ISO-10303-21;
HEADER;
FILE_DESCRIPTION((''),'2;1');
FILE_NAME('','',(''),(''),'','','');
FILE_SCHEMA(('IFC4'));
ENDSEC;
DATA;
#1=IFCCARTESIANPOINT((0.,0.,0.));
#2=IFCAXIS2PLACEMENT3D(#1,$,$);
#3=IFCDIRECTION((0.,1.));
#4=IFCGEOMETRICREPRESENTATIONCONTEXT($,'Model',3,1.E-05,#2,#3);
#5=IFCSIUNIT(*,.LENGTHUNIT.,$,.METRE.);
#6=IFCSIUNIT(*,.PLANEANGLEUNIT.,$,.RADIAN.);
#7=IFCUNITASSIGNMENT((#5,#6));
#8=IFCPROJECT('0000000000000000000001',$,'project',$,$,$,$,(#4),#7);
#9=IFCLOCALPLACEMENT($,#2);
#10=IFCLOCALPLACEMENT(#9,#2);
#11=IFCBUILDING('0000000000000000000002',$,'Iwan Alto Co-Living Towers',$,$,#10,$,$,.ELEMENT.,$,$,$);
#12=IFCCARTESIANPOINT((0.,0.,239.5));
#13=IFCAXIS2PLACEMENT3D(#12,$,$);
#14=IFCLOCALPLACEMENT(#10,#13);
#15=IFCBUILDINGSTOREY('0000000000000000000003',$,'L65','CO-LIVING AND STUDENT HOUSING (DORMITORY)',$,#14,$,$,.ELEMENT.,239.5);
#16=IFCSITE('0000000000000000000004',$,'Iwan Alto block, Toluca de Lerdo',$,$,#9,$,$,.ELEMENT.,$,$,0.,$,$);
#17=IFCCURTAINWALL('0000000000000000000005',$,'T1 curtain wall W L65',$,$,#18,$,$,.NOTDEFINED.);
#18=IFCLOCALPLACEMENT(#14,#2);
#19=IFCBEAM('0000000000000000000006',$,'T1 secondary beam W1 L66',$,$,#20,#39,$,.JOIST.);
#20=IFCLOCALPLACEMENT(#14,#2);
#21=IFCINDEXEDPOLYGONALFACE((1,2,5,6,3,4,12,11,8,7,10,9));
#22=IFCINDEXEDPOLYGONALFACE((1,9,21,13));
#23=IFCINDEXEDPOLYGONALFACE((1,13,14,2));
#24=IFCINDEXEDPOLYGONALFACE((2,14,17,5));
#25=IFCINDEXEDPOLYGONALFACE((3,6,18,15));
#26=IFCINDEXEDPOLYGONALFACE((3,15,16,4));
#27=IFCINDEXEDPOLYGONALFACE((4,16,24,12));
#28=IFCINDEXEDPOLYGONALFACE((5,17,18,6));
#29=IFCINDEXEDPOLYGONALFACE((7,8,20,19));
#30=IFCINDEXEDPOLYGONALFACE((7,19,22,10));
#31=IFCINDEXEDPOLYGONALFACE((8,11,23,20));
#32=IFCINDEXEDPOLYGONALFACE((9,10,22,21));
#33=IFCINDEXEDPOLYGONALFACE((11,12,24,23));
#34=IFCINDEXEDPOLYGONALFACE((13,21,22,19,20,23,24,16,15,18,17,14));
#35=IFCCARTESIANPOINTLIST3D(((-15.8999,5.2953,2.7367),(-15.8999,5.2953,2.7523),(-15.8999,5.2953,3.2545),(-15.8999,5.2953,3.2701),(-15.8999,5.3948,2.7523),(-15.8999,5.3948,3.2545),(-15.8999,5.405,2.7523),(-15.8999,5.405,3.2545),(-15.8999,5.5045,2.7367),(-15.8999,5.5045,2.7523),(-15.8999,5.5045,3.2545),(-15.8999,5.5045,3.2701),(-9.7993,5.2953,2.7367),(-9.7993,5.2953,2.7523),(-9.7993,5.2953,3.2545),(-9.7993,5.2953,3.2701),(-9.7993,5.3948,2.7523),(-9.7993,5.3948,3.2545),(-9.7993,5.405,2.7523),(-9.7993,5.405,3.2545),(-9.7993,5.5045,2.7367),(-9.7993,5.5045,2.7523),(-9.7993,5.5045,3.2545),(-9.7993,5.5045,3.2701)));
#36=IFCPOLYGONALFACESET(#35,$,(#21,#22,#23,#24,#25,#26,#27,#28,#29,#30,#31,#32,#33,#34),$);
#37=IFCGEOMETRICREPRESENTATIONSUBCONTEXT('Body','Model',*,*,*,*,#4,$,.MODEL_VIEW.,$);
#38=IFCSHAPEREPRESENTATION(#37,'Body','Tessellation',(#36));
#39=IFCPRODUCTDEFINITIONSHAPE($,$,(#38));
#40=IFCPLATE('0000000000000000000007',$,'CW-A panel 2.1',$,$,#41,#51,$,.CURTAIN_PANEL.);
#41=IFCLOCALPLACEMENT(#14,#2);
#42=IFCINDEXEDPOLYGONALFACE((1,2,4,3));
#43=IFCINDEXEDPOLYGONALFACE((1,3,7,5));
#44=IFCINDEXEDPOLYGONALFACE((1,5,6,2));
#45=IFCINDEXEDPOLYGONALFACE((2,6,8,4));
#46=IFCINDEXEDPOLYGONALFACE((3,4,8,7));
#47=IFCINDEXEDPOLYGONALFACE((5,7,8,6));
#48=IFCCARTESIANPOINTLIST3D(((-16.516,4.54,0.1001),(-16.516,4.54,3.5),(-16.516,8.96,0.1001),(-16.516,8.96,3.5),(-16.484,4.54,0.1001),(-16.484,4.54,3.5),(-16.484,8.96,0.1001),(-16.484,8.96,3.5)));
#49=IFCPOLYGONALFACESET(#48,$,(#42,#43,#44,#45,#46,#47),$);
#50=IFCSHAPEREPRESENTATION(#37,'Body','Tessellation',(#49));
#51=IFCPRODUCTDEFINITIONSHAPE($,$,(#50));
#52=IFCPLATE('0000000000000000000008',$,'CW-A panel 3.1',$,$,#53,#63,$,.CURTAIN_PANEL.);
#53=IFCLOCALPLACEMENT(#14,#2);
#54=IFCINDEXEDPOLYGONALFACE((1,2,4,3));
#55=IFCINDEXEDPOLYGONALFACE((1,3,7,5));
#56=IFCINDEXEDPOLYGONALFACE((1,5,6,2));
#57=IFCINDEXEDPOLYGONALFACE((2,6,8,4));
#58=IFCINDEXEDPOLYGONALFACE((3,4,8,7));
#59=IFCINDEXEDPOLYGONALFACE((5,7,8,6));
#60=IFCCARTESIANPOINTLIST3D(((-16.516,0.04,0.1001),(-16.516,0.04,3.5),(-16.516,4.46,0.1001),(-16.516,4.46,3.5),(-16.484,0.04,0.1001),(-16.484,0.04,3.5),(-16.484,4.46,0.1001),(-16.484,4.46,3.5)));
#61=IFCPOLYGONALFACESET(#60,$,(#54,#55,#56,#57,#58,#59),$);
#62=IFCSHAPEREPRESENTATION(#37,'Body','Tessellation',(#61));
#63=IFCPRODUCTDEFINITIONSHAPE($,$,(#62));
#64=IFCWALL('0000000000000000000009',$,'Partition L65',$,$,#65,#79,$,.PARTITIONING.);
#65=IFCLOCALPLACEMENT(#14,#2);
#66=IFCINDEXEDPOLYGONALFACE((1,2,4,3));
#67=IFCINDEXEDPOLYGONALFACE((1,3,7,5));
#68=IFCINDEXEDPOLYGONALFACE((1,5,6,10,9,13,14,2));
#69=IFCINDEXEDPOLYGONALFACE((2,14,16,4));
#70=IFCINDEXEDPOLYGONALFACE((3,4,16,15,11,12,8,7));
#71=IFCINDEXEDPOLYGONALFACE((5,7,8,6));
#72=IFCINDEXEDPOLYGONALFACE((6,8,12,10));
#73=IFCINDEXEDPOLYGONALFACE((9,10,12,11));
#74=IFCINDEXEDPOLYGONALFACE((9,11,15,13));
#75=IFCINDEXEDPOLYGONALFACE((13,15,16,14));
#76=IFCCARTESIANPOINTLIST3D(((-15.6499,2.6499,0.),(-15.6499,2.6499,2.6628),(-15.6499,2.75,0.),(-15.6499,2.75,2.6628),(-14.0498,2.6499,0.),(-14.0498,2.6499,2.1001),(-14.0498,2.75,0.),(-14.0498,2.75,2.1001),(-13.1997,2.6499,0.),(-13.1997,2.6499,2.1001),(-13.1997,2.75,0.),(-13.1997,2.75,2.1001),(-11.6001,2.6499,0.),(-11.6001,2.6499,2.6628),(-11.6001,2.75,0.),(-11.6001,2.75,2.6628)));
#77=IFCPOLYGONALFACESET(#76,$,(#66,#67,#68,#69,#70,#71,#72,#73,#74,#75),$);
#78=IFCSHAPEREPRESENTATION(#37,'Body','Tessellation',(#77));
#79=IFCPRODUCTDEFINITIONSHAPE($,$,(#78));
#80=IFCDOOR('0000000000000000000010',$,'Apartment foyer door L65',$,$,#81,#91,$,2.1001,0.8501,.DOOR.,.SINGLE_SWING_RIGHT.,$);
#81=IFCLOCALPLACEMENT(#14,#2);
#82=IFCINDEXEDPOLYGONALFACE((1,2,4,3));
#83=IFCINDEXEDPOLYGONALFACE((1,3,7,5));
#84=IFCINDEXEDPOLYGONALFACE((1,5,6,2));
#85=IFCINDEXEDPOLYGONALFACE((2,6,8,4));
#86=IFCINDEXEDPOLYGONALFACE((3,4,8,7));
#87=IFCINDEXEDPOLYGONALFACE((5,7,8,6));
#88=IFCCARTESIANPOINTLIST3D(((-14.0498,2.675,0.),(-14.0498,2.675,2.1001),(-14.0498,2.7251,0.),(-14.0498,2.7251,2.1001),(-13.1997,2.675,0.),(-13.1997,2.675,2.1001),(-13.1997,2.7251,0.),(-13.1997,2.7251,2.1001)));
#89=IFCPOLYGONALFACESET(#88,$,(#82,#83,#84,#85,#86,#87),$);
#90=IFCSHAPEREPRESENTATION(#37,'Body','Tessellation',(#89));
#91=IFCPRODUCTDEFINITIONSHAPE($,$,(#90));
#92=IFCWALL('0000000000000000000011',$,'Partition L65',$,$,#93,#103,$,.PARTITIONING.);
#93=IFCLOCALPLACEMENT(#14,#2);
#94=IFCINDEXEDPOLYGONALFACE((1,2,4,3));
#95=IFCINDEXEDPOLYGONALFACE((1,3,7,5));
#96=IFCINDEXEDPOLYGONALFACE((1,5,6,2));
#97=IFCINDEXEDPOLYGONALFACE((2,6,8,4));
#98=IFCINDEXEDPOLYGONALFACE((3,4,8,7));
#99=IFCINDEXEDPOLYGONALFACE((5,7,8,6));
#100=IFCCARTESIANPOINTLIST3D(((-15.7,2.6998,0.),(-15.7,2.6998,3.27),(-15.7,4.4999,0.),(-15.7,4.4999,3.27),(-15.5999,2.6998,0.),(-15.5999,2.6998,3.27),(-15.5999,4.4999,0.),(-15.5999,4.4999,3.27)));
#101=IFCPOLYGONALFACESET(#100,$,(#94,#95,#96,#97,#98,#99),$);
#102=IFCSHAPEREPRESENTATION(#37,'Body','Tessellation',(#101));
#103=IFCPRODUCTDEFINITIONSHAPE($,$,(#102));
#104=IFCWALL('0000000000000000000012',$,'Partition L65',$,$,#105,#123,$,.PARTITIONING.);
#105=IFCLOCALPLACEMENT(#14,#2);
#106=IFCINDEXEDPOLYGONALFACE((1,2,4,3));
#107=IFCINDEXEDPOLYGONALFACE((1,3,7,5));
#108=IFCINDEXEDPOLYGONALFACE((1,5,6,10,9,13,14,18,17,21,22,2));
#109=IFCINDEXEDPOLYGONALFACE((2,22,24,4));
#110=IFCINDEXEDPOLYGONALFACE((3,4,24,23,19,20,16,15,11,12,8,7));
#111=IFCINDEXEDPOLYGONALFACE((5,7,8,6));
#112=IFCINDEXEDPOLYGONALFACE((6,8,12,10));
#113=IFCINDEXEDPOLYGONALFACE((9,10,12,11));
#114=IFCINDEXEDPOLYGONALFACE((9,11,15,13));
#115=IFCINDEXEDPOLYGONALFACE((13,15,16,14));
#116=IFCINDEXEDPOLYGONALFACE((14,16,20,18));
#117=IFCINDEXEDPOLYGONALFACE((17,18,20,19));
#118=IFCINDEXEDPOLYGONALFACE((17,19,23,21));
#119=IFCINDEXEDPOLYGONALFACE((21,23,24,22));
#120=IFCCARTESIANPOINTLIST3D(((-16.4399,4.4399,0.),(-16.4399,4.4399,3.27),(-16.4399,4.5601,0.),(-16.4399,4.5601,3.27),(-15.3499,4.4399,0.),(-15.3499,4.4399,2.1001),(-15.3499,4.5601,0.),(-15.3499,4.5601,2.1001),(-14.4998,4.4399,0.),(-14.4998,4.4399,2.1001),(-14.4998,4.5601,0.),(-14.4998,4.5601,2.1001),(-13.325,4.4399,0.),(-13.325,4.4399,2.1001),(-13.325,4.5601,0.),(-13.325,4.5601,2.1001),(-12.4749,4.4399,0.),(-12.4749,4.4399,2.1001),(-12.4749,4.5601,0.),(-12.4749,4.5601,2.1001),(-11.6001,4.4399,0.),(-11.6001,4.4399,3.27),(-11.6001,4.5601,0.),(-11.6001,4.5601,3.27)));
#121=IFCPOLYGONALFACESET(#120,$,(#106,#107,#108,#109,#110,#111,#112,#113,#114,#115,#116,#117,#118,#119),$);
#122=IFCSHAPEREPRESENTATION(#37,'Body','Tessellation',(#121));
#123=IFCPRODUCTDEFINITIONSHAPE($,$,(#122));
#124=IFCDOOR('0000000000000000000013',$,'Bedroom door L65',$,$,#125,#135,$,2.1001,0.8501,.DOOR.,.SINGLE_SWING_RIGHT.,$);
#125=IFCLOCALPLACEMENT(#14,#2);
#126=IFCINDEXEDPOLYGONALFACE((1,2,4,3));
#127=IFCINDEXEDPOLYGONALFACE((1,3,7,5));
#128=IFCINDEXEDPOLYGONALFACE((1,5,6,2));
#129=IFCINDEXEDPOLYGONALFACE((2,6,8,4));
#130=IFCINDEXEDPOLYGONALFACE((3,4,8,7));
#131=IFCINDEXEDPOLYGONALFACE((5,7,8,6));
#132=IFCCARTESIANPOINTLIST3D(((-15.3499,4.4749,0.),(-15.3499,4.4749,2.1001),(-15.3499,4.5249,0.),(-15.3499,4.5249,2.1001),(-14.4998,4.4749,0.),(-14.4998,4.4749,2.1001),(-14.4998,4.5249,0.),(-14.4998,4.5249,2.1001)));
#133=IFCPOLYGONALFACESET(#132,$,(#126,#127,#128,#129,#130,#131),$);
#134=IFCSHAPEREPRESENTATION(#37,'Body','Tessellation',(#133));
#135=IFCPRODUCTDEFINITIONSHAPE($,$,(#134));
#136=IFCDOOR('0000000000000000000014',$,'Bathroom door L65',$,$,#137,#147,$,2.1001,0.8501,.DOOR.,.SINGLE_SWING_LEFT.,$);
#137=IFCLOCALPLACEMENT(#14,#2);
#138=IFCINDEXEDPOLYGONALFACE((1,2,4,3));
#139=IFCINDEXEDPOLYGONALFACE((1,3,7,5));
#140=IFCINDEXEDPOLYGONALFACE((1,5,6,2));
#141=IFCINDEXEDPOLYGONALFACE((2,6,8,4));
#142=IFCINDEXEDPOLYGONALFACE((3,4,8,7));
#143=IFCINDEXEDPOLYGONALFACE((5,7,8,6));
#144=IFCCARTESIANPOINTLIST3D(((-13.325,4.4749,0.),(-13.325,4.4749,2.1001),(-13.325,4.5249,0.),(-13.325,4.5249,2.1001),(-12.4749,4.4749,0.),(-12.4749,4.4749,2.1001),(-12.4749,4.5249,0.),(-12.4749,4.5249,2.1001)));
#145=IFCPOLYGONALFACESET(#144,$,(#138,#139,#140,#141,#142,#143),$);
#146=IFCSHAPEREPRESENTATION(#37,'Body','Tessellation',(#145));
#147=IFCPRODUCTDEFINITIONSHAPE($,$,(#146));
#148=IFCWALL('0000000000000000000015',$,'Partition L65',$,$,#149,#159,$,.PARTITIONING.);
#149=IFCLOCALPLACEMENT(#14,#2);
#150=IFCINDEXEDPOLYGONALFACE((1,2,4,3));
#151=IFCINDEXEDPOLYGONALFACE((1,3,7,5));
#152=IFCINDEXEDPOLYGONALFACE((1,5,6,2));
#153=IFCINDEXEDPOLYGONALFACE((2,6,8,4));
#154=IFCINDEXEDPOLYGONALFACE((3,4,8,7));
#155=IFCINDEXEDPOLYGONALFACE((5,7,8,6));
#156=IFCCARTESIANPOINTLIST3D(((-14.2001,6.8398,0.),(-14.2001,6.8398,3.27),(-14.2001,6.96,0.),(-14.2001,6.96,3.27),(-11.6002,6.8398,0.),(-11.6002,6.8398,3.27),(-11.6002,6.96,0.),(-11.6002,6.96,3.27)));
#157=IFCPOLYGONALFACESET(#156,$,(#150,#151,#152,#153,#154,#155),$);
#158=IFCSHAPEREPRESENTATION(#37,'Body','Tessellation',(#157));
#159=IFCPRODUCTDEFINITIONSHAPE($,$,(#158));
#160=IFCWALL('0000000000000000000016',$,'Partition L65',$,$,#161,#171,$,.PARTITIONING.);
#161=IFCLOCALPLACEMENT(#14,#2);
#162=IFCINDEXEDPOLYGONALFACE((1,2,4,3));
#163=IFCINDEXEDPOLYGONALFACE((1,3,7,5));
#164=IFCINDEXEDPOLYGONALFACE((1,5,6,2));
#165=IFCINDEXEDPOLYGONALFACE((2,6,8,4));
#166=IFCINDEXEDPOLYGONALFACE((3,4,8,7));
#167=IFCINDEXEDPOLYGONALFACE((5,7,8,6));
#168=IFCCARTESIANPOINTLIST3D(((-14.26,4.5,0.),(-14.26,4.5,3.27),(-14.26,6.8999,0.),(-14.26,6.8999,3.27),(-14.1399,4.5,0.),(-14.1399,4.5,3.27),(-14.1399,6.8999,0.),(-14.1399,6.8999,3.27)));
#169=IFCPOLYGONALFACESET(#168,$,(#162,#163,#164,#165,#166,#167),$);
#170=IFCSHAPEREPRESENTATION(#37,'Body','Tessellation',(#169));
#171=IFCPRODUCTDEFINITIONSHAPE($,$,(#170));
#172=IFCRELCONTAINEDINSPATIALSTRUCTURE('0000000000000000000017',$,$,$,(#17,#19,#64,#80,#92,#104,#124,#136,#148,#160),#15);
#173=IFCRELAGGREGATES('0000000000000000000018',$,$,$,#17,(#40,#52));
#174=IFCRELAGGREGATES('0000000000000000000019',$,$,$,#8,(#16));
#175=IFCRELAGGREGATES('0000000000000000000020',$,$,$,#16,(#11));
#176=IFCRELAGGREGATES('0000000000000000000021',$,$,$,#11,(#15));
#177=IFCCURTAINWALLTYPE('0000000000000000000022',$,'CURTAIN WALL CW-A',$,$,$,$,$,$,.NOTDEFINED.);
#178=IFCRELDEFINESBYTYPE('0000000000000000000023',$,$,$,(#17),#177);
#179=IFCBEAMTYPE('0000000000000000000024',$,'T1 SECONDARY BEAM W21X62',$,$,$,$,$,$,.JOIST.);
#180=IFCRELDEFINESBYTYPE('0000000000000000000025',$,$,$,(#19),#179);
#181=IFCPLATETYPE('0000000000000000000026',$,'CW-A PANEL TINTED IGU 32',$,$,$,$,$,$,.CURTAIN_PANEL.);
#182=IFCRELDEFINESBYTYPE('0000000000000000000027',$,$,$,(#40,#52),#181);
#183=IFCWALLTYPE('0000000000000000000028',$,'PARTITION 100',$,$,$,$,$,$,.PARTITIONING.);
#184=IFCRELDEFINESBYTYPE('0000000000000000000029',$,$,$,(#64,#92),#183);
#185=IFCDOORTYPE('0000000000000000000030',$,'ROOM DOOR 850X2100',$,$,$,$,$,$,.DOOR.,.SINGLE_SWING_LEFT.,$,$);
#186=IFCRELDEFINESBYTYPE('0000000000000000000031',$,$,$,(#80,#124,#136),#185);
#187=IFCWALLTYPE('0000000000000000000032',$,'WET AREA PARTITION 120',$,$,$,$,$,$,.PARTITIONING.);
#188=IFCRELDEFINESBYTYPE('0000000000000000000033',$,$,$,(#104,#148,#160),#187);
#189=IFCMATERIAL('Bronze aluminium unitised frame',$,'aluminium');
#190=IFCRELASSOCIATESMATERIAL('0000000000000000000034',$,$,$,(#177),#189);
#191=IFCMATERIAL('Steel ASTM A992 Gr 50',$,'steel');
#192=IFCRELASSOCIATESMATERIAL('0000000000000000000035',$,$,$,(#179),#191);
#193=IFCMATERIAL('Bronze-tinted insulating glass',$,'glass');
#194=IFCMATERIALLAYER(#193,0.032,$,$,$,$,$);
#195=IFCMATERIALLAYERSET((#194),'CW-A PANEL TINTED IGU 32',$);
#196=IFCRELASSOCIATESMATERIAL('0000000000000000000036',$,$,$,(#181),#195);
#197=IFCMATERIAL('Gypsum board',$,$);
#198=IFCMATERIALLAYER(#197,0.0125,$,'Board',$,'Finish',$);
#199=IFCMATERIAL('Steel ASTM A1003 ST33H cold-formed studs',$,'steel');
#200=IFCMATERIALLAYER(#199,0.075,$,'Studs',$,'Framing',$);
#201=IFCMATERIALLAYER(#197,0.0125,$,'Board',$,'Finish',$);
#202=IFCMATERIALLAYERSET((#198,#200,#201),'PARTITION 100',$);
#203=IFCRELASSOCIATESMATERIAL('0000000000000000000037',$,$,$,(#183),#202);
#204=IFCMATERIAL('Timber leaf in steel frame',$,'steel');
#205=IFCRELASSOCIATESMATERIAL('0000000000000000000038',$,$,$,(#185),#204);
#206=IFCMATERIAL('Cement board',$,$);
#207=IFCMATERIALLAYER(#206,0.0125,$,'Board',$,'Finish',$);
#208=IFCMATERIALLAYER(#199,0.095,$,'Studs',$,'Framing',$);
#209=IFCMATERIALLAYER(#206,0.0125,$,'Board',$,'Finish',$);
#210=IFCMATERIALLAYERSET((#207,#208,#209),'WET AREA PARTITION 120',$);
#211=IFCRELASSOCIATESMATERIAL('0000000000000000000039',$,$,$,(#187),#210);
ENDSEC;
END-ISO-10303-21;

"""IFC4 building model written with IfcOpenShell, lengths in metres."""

from ifc_helpers import new_model, si_unit, direction, frame, frame_2d, origin, origin_2d, place, context, subcontext, project, spatial, rectangle, i_section, extrude, material, layer, layer_set, material_profile, profile_set, type_object, element, fill, aggregate, save


model = new_model("IFC4")

# Units and contexts
model_context = context("Model", 3, precision=1e-05, world=origin(), true_north=direction((0.0, 1.0)))
body_context = subcontext(model_context, "Body", "Model", "MODEL_VIEW")
ifc_project = project(units=[si_unit("LENGTHUNIT", "METRE"), si_unit("PLANEANGLEUNIT", "RADIAN")], contexts=[model_context])

# Site, building, storey
site_placement = place(None, origin())
site = spatial("IfcSite", under=ifc_project, at=site_placement, Name="Iwan Alto block, Toluca de Lerdo", CompositionType="ELEMENT", RefElevation=0.0)
building_placement = place(site_placement, origin())
building = spatial("IfcBuilding", under=site, at=building_placement, Name="Iwan Alto Co-Living Towers", CompositionType="ELEMENT")
storey_placement = place(building_placement, frame((0.0, 0.0, 239.5)))
storey = spatial("IfcBuildingStorey", under=building, at=storey_placement, Name="L65", Description="CO-LIVING AND STUDENT HOUSING (DORMITORY)", CompositionType="ELEMENT", Elevation=239.5)

# Curtain wall
ifc_material_1 = material(Name="Bronze aluminium unitised frame", Category="aluminium")
curtain_wall_type = type_object("IfcCurtainWallType", Name="CURTAIN WALL CW-A", PredefinedType="NOTDEFINED", material=ifc_material_1)
curtain_wall_placement = place(storey_placement, origin())
curtain_wall = element("IfcCurtainWall", 1, at=curtain_wall_placement, inside=storey, type_object=curtain_wall_type, Name="T1 curtain wall W L65", PredefinedType="NOTDEFINED")

# Beam
ifc_material_2 = material(Name="Steel ASTM A992 Gr 50", Category="steel")
ifc_material_profile_1 = material_profile(ifc_material_2, i_section(OverallWidth=0.2092, OverallDepth=0.5334, WebThickness=0.0103, FlangeThickness=0.0156, at=origin_2d()), Name="W21X62")
ifc_profile_set_1 = profile_set([ifc_material_profile_1], Name="Steel ASTM A992 Gr 50")
beam_type_1 = type_object("IfcBeamType", Name="T1 SECONDARY BEAM W21X62", PredefinedType="JOIST", material=ifc_profile_set_1)
beam_1_placement = place(storey_placement, frame((-15.8999, 5.3999, 3.0034), z_axis=(1.0, 0.0, 0.0), x_axis=(0.0, 1.0, 0.0)))
element("IfcBeam", 2, at=beam_1_placement, inside=storey, type_object=beam_type_1, Name="T1 secondary beam W1 L66", PredefinedType="JOIST", context=body_context, shape_type="SweptSolid", body=[
    extrude(i_section(OverallWidth=0.2092, OverallDepth=0.5334, WebThickness=0.0103, FlangeThickness=0.0156, at=origin_2d()), origin(), (0.0, 0.0, 1.0), 6.1006),
])

# Plates
ifc_material_3 = material(Name="Bronze-tinted insulating glass", Category="glass")
ifc_layer_1 = layer(ifc_material_3, 0.032)
ifc_layer_set_1 = layer_set([ifc_layer_1], Name="CW-A PANEL TINTED IGU 32")
plate_type = type_object("IfcPlateType", Name="CW-A PANEL TINTED IGU 32", PredefinedType="CURTAIN_PANEL", material=ifc_layer_set_1)
plate_1_placement = place(storey_placement, frame((-16.5, 6.75, 0.1001), z_axis=(0.0, 0.0, 1.0), x_axis=(0.0, -1.0, 0.0)))
plate_1 = element("IfcPlate", 3, at=plate_1_placement, type_object=plate_type, Name="CW-A panel 2.1", PredefinedType="CURTAIN_PANEL", context=body_context, shape_type="SweptSolid", body=[
    extrude(rectangle(XDim=4.4199, YDim=0.032, at=origin_2d()), origin(), (0.0, 0.0, 1.0), 3.3999),
])
plate_2_placement = place(storey_placement, frame((-16.5, 2.25, 0.1001), z_axis=(0.0, 0.0, 1.0), x_axis=(0.0, -1.0, 0.0)))
plate_2 = element("IfcPlate", 4, at=plate_2_placement, type_object=plate_type, Name="CW-A panel 3.1", PredefinedType="CURTAIN_PANEL", context=body_context, shape_type="SweptSolid", body=[
    extrude(rectangle(XDim=4.4199, YDim=0.032, at=origin_2d()), origin(), (0.0, 0.0, 1.0), 3.3999),
])
aggregate(curtain_wall, [plate_1, plate_2])

# Wall, opening, door
ifc_material_4 = material(Name="Gypsum board")
ifc_layer_2 = layer(ifc_material_4, 0.0125, Name="Board", Category="Finish")
ifc_material_5 = material(Name="Steel ASTM A1003 ST33H cold-formed studs", Category="steel")
ifc_layer_3 = layer(ifc_material_5, 0.075, Name="Studs", Category="Framing")
ifc_layer_4 = layer(ifc_material_4, 0.0125, Name="Board", Category="Finish")
ifc_layer_set_2 = layer_set([ifc_layer_2, ifc_layer_3, ifc_layer_4], Name="PARTITION 100")
wall_type_1 = type_object("IfcWallType", Name="PARTITION 100", PredefinedType="PARTITIONING", material=ifc_layer_set_2)
wall_1_placement = place(storey_placement, frame((-15.6499, 2.7, 0.0), z_axis=(0.0, 0.0, 1.0), x_axis=(1.0, 0.0, 0.0)))
wall_1 = element("IfcWall", 5, at=wall_1_placement, inside=storey, type_object=wall_type_1, Name="Partition L65", PredefinedType="PARTITIONING", context=body_context, shape_type="SweptSolid", body=[
    extrude(rectangle(XDim=4.0498, YDim=0.1001, at=frame_2d((2.0249, 0.0))), origin(), (0.0, 0.0, 1.0), 2.6628),
])
opening_1_placement = place(wall_1_placement, frame((1.6001, 0.0, 0.0)))
opening_1 = element("IfcOpeningElement", 6, at=opening_1_placement, cuts=wall_1, PredefinedType="OPENING", context=body_context, shape_type="SweptSolid", body=[
    extrude(rectangle(XDim=0.8501, YDim=2.1001, at=frame_2d((0.425, 1.05))), frame((0.0, 0.0601, 0.0), z_axis=(0.0, -1.0, 0.0), x_axis=(1.0, 0.0, 0.0)), (0.0, 0.0, 1.0), 0.1201),
])
ifc_material_6 = material(Name="Timber leaf in steel frame", Category="steel")
door_type = type_object("IfcDoorType", Name="ROOM DOOR 850X2100", OperationType="SINGLE_SWING_LEFT", PredefinedType="DOOR", material=ifc_material_6)
door_1_placement = place(opening_1_placement, frame((0.8501, 0.0, 0.0), z_axis=(0.0, 0.0, 1.0), x_axis=(-1.0, 0.0, 0.0)))
door_1 = element("IfcDoor", 7, at=door_1_placement, inside=storey, type_object=door_type, Name="Apartment foyer door L65", OperationType="SINGLE_SWING_RIGHT", OverallHeight=2.1001, OverallWidth=0.8501, PredefinedType="DOOR", context=body_context, shape_type="SweptSolid", body=[
    extrude(rectangle(XDim=0.8501, YDim=2.1001, at=frame_2d((0.425, 1.05))), frame((0.0, 0.0249, 0.0), z_axis=(0.0, -1.0, 0.0), x_axis=(1.0, 0.0, 0.0)), (0.0, 0.0, 1.0), 0.05),
])
fill(opening_1, door_1)

# Wall
wall_2_placement = place(storey_placement, frame((-15.6499, 2.7, 0.0), z_axis=(0.0, 0.0, 1.0), x_axis=(0.0, 1.0, 0.0)))
element("IfcWall", 8, at=wall_2_placement, inside=storey, type_object=wall_type_1, Name="Partition L65", PredefinedType="PARTITIONING", context=body_context, shape_type="SweptSolid", body=[
    extrude(rectangle(XDim=1.8, YDim=0.1001, at=frame_2d((0.8999, 0.0))), origin(), (0.0, 0.0, 1.0), 3.27),
])

# Wall, openings, doors
ifc_material_7 = material(Name="Cement board")
ifc_layer_5 = layer(ifc_material_7, 0.0125, Name="Board", Category="Finish")
ifc_layer_6 = layer(ifc_material_5, 0.095, Name="Studs", Category="Framing")
ifc_layer_7 = layer(ifc_material_7, 0.0125, Name="Board", Category="Finish")
ifc_layer_set_3 = layer_set([ifc_layer_5, ifc_layer_6, ifc_layer_7], Name="WET AREA PARTITION 120")
wall_type_2 = type_object("IfcWallType", Name="WET AREA PARTITION 120", PredefinedType="PARTITIONING", material=ifc_layer_set_3)
wall_3_placement = place(storey_placement, frame((-16.4399, 4.5, 0.0), z_axis=(0.0, 0.0, 1.0), x_axis=(1.0, 0.0, 0.0)))
wall_3 = element("IfcWall", 9, at=wall_3_placement, inside=storey, type_object=wall_type_2, Name="Partition L65", PredefinedType="PARTITIONING", context=body_context, shape_type="SweptSolid", body=[
    extrude(rectangle(XDim=4.8398, YDim=0.1201, at=frame_2d((2.4199, 0.0))), origin(), (0.0, 0.0, 1.0), 3.27),
])
opening_2_placement = place(wall_3_placement, frame((1.0901, 0.0, 0.0)))
opening_2 = element("IfcOpeningElement", 10, at=opening_2_placement, cuts=wall_3, PredefinedType="OPENING", context=body_context, shape_type="SweptSolid", body=[
    extrude(rectangle(XDim=0.8501, YDim=2.1001, at=frame_2d((0.425, 1.05))), frame((0.0, 0.0701, 0.0), z_axis=(0.0, -1.0, 0.0), x_axis=(1.0, 0.0, 0.0)), (0.0, 0.0, 1.0), 0.1401),
])
opening_3_placement = place(wall_3_placement, frame((3.115, 0.0, 0.0)))
opening_3 = element("IfcOpeningElement", 11, at=opening_3_placement, cuts=wall_3, PredefinedType="OPENING", context=body_context, shape_type="SweptSolid", body=[
    extrude(rectangle(XDim=0.8501, YDim=2.1001, at=frame_2d((0.425, 1.05))), frame((0.0, 0.0701, 0.0), z_axis=(0.0, -1.0, 0.0), x_axis=(1.0, 0.0, 0.0)), (0.0, 0.0, 1.0), 0.1401),
])
door_2_placement = place(opening_2_placement, origin())
door_2 = element("IfcDoor", 12, at=door_2_placement, inside=storey, type_object=door_type, Name="Bedroom door L65", OperationType="SINGLE_SWING_RIGHT", OverallHeight=2.1001, OverallWidth=0.8501, PredefinedType="DOOR", context=body_context, shape_type="SweptSolid", body=[
    extrude(rectangle(XDim=0.8501, YDim=2.1001, at=frame_2d((0.425, 1.05))), frame((0.0, 0.0249, 0.0), z_axis=(0.0, -1.0, 0.0), x_axis=(1.0, 0.0, 0.0)), (0.0, 0.0, 1.0), 0.05),
])
fill(opening_2, door_2)
door_3_placement = place(opening_3_placement, origin())
door_3 = element("IfcDoor", 13, at=door_3_placement, inside=storey, type_object=door_type, Name="Bathroom door L65", OperationType="SINGLE_SWING_LEFT", OverallHeight=2.1001, OverallWidth=0.8501, PredefinedType="DOOR", context=body_context, shape_type="SweptSolid", body=[
    extrude(rectangle(XDim=0.8501, YDim=2.1001, at=frame_2d((0.425, 1.05))), frame((0.0, 0.0249, 0.0), z_axis=(0.0, -1.0, 0.0), x_axis=(1.0, 0.0, 0.0)), (0.0, 0.0, 1.0), 0.05),
])
fill(opening_3, door_3)

# Walls
wall_4_placement = place(storey_placement, frame((-14.2, 6.8999, 0.0), z_axis=(0.0, 0.0, 1.0), x_axis=(1.0, 0.0, 0.0)))
element("IfcWall", 14, at=wall_4_placement, inside=storey, type_object=wall_type_2, Name="Partition L65", PredefinedType="PARTITIONING", context=body_context, shape_type="SweptSolid", body=[
    extrude(rectangle(XDim=2.5999, YDim=0.1201, at=frame_2d((1.2998, 0.0))), origin(), (0.0, 0.0, 1.0), 3.27),
])
wall_5_placement = place(storey_placement, frame((-14.2, 4.5, 0.0), z_axis=(0.0, 0.0, 1.0), x_axis=(0.0, 1.0, 0.0)))
element("IfcWall", 15, at=wall_5_placement, inside=storey, type_object=wall_type_2, Name="Partition L65", PredefinedType="PARTITIONING", context=body_context, shape_type="SweptSolid", body=[
    extrude(rectangle(XDim=2.3999, YDim=0.1201, at=frame_2d((1.2, 0.0))), origin(), (0.0, 0.0, 1.0), 3.27),
])

save(model, "model.ifc")
